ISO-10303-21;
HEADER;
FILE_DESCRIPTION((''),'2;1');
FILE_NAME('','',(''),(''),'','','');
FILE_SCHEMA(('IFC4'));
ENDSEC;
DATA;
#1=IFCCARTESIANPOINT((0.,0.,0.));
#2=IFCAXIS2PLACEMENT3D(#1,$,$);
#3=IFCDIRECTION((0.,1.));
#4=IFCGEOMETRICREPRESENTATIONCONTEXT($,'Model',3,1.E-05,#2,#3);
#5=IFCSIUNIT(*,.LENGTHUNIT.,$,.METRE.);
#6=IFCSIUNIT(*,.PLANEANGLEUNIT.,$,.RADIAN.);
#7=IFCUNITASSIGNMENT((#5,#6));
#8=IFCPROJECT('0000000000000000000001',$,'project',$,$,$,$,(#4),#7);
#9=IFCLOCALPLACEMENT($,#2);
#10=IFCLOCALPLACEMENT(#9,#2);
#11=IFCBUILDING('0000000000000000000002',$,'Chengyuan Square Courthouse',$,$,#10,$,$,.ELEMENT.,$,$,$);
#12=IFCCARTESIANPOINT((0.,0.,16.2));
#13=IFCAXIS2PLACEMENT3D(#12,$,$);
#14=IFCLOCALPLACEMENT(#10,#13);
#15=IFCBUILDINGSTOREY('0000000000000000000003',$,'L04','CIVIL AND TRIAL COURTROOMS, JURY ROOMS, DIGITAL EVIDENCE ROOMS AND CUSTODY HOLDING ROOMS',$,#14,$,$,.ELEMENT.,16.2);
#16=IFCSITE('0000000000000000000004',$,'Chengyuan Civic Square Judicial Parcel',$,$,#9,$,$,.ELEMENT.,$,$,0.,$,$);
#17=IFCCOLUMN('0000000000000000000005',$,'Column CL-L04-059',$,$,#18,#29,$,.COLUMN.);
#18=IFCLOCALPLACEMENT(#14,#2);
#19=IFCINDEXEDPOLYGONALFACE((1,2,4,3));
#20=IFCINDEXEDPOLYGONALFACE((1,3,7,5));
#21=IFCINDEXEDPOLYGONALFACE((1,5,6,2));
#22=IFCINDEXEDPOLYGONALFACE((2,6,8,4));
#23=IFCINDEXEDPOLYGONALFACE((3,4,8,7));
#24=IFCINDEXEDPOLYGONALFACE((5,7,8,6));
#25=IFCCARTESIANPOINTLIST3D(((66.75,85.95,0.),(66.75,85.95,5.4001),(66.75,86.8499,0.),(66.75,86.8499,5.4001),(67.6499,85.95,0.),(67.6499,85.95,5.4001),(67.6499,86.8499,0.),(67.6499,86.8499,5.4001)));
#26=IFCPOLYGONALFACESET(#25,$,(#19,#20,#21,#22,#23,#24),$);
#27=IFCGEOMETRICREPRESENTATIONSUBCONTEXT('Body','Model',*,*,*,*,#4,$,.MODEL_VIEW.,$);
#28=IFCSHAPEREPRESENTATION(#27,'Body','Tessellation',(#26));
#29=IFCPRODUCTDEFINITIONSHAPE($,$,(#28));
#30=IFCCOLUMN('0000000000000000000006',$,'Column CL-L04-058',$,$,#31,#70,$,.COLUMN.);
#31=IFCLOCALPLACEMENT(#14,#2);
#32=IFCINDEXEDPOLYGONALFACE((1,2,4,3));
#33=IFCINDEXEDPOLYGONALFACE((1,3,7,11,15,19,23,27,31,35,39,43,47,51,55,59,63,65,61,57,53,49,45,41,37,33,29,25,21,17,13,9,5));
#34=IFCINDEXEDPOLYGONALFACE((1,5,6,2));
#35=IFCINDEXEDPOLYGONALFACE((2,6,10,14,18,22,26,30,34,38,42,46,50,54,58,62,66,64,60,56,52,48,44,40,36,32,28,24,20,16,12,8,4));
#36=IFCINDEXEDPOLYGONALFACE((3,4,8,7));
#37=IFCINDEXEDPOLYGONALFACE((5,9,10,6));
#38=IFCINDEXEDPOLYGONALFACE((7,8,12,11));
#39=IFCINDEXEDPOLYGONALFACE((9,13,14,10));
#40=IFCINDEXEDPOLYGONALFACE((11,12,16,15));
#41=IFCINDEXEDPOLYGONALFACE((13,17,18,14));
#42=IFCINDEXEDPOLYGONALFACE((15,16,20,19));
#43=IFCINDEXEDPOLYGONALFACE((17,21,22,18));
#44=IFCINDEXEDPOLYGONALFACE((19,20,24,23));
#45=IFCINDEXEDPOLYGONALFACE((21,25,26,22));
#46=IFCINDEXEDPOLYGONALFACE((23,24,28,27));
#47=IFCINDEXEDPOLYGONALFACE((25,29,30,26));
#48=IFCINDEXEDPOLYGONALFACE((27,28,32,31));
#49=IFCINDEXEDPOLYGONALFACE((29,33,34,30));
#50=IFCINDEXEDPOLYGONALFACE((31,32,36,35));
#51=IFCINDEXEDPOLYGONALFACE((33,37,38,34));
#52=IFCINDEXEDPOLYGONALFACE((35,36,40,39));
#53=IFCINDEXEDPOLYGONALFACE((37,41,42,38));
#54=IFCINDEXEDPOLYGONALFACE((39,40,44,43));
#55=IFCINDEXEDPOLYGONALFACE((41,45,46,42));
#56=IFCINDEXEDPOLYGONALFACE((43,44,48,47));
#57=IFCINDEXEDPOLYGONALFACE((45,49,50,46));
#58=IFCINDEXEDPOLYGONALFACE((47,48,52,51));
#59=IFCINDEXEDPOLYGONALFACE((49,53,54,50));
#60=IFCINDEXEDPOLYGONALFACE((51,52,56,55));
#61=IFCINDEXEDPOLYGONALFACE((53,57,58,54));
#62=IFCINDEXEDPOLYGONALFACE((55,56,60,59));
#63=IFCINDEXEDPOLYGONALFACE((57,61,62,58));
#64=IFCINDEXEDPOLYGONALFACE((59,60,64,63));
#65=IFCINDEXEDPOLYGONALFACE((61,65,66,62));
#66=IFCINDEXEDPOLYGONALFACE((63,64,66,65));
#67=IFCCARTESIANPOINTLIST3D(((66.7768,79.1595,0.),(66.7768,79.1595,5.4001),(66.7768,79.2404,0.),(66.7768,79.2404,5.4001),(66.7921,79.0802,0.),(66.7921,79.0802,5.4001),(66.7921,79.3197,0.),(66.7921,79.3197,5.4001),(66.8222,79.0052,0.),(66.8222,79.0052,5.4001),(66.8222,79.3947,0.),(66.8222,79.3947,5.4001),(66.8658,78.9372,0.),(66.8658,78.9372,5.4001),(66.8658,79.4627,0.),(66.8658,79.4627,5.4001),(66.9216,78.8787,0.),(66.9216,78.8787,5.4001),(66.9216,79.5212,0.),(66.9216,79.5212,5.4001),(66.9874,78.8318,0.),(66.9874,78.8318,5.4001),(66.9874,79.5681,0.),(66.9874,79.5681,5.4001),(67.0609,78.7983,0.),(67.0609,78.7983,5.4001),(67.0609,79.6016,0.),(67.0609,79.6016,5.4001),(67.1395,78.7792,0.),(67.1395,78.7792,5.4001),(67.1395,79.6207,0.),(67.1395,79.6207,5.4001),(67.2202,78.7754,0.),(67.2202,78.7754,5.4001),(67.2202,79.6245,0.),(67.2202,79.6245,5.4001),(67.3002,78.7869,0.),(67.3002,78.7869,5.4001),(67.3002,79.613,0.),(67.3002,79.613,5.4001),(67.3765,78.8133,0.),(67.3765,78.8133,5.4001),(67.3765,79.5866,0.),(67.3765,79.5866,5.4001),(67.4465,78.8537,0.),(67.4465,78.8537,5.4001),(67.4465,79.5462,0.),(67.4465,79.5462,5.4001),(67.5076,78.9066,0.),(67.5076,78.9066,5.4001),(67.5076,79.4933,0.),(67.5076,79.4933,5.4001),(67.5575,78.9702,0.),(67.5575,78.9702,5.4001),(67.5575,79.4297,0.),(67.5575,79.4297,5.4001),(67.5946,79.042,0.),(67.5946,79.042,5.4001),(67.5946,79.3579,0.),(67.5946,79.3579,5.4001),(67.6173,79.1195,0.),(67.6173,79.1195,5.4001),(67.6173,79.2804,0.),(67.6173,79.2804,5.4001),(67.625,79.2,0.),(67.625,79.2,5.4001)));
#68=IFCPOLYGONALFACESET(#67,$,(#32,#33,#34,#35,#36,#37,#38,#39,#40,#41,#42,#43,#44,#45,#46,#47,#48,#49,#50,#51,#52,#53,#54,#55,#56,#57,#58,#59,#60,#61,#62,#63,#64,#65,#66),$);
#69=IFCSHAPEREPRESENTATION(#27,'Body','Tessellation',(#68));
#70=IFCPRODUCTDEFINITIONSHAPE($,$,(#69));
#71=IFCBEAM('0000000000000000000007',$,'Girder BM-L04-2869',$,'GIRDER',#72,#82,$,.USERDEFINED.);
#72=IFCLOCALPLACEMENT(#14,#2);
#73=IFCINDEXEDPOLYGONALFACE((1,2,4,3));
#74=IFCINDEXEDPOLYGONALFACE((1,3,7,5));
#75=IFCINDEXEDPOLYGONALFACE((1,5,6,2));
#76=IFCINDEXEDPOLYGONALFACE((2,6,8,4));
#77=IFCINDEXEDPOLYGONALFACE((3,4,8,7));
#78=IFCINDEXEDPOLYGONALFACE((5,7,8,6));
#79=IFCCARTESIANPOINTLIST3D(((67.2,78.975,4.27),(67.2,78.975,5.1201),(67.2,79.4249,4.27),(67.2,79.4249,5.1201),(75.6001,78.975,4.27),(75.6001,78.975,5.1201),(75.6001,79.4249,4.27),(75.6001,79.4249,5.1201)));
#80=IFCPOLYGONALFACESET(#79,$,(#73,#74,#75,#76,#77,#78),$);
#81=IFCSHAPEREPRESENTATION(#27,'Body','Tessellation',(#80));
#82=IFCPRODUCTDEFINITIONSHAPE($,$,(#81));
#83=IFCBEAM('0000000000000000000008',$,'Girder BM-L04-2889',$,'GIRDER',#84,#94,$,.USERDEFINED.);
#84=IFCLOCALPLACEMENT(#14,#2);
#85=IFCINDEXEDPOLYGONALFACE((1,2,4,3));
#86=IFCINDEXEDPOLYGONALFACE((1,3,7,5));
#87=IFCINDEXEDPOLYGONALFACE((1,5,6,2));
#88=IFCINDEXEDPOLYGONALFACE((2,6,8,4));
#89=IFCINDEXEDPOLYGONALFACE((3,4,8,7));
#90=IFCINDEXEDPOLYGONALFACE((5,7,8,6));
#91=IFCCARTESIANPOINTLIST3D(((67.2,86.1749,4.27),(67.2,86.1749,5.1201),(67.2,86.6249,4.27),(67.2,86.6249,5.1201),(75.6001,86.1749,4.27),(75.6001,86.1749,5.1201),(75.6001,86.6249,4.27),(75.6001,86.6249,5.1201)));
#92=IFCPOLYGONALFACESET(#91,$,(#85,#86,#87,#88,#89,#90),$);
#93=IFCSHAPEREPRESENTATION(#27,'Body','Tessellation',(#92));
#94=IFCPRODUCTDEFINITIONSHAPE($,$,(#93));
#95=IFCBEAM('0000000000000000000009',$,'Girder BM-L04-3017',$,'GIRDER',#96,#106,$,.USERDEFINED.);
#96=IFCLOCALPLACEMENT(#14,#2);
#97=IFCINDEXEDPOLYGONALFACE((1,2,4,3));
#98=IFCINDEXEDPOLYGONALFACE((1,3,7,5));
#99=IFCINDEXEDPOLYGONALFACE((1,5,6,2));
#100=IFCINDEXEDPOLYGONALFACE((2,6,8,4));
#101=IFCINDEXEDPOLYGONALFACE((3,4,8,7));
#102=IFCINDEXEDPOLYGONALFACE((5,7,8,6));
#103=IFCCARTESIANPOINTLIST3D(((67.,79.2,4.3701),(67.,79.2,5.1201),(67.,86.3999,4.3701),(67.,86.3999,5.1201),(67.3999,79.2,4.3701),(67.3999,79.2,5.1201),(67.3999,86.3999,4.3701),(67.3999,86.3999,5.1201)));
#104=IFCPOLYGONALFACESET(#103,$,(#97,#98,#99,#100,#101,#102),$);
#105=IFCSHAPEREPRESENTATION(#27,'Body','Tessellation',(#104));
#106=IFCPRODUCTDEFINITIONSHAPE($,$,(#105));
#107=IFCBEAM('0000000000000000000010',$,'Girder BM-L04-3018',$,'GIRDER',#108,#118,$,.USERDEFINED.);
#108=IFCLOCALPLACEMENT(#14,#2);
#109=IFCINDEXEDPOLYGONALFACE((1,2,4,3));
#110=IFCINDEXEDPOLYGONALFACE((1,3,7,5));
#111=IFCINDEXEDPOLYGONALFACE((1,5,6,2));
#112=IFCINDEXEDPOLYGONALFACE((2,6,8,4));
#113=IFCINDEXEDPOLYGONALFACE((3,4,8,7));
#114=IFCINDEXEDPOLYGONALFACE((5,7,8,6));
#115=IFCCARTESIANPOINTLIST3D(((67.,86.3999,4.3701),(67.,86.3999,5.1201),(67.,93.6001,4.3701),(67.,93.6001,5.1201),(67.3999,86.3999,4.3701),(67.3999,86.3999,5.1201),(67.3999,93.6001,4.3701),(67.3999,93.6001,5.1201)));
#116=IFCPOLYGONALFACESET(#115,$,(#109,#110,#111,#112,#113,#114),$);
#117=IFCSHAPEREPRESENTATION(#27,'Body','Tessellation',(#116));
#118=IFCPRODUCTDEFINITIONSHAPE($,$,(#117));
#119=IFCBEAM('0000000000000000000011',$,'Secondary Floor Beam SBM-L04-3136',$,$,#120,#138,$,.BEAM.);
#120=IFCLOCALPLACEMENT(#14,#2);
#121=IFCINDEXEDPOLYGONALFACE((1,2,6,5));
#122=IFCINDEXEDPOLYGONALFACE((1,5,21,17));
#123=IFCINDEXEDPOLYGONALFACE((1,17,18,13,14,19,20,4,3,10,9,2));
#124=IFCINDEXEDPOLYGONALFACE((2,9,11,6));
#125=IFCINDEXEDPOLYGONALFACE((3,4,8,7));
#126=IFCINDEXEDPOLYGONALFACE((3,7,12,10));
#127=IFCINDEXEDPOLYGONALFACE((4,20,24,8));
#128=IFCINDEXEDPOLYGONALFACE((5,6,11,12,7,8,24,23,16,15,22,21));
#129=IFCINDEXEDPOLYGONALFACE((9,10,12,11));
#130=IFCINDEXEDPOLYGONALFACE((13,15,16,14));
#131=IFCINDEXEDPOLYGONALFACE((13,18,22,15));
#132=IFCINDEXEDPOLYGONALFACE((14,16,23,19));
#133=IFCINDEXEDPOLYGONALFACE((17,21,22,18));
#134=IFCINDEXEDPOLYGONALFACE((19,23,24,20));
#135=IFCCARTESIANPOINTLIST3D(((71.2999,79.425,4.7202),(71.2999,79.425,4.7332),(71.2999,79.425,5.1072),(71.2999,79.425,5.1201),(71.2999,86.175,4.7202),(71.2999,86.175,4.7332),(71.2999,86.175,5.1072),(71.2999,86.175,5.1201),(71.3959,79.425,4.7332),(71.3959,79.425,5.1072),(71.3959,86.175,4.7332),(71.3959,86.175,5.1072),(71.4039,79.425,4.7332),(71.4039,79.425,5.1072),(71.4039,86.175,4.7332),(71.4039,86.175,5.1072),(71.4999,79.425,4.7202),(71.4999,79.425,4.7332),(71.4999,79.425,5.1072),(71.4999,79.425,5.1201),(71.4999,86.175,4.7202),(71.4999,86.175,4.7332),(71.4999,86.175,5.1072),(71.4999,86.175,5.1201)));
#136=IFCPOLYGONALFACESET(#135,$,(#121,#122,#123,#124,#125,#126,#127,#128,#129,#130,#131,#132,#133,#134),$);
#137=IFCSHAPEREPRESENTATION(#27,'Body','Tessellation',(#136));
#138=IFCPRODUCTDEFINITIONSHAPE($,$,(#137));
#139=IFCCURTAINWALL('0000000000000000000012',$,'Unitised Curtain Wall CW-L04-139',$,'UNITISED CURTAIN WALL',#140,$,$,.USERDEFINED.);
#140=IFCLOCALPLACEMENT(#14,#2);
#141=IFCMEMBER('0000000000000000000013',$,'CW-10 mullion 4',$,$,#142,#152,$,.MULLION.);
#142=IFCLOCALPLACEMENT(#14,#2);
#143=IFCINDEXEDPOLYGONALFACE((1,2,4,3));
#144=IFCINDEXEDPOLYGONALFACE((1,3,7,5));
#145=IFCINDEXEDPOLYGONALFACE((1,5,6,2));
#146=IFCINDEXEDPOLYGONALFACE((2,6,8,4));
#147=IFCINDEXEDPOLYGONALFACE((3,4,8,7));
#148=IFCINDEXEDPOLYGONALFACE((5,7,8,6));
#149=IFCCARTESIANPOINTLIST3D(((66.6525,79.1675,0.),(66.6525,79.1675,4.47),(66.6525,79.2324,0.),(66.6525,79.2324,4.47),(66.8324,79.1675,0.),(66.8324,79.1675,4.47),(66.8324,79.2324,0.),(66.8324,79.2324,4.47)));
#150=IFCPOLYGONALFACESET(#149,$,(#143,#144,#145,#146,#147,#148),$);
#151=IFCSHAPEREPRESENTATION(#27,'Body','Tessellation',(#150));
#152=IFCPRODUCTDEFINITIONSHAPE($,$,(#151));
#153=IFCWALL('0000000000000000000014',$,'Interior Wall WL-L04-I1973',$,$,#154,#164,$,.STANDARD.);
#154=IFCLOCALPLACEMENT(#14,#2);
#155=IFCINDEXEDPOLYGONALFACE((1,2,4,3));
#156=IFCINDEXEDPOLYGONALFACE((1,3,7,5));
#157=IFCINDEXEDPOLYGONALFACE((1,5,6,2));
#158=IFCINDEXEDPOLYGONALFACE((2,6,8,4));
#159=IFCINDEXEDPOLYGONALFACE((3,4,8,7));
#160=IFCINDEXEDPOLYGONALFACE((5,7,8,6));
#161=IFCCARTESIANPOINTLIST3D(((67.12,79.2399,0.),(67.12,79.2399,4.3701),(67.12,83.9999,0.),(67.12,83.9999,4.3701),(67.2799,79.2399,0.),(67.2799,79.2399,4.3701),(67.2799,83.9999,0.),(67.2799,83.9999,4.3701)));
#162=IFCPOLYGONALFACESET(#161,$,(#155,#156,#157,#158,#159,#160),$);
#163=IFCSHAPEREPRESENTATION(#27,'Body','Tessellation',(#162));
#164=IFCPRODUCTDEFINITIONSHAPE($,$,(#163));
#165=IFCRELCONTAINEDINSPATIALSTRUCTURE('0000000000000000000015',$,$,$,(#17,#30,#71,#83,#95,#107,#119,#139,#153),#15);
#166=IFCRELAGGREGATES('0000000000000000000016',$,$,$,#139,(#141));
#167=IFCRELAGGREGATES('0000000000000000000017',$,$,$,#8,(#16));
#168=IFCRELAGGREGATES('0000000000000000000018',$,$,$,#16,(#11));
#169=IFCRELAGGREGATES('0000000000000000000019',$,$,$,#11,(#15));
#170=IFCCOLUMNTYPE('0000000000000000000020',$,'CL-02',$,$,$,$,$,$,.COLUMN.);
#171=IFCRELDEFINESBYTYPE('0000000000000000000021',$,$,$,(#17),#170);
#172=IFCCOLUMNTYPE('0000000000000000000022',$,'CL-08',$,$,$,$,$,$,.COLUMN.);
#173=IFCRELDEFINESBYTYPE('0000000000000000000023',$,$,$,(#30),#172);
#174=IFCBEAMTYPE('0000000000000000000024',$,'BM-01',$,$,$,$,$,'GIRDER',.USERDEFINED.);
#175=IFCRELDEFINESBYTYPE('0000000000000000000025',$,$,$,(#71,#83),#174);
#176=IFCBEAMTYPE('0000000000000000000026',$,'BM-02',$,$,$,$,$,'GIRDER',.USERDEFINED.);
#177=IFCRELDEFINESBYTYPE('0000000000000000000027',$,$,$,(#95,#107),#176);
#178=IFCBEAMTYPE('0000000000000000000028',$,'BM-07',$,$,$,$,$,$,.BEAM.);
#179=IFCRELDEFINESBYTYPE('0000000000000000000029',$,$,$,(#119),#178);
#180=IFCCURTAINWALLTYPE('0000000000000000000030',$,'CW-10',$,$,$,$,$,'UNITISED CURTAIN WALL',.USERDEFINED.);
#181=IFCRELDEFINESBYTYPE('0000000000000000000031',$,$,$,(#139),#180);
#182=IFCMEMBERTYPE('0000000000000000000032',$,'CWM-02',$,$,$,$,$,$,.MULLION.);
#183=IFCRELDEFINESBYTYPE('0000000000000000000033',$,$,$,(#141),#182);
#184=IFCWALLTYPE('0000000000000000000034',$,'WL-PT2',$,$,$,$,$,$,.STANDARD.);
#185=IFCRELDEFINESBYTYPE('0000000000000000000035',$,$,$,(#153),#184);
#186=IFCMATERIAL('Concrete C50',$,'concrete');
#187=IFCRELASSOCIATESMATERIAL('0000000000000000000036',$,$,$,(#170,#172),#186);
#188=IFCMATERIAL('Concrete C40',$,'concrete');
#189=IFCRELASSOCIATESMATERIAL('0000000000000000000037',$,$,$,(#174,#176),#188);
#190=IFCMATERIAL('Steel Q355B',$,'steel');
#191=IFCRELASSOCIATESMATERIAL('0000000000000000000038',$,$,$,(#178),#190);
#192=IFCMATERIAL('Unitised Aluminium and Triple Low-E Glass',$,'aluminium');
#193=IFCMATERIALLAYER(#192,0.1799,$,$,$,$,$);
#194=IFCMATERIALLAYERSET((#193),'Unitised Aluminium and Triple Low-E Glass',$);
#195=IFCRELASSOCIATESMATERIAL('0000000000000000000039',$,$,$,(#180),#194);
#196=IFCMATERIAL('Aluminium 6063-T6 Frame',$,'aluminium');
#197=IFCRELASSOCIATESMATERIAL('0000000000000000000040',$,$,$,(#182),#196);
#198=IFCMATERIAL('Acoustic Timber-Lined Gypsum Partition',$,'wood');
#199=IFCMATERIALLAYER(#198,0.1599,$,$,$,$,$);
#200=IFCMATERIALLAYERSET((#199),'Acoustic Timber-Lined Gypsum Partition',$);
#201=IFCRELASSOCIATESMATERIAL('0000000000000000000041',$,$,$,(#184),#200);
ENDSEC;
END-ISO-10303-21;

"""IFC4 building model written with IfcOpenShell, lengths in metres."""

from ifc_helpers import new_model, si_unit, direction, frame, frame_2d, origin, origin_2d, place, context, subcontext, project, spatial, rectangle, circle, i_section, extrude, material, layer, layer_set, material_profile, profile_set, type_object, element, aggregate, save


model = new_model("IFC4")

# Units and contexts
model_context = context("Model", 3, precision=1e-05, world=origin(), true_north=direction((0.0, 1.0)))
body_context = subcontext(model_context, "Body", "Model", "MODEL_VIEW")
ifc_project = project(units=[si_unit("LENGTHUNIT", "METRE"), si_unit("PLANEANGLEUNIT", "RADIAN")], contexts=[model_context])

# Site, building, storey
site_placement = place(None, origin())
site = spatial("IfcSite", under=ifc_project, at=site_placement, Name="Chengyuan Civic Square Judicial Parcel", CompositionType="ELEMENT", RefElevation=0.0)
building_placement = place(site_placement, origin())
building = spatial("IfcBuilding", under=site, at=building_placement, Name="Chengyuan Square Courthouse", CompositionType="ELEMENT")
storey_placement = place(building_placement, frame((0.0, 0.0, 16.2)))
storey = spatial("IfcBuildingStorey", under=building, at=storey_placement, Name="L04", Description="CIVIL AND TRIAL COURTROOMS, JURY ROOMS, DIGITAL EVIDENCE ROOMS AND CUSTODY HOLDING ROOMS", CompositionType="ELEMENT", Elevation=16.2)

# Columns
ifc_material_1 = material(Name="Concrete C50", Category="concrete")
ifc_material_profile_1 = material_profile(ifc_material_1, rectangle(XDim=0.8999, YDim=0.8999, at=origin_2d()), Name="RC-COL-900x900")
ifc_profile_set_1 = profile_set([ifc_material_profile_1], Name="Concrete C50")
column_type_1 = type_object("IfcColumnType", Name="CL-02", PredefinedType="COLUMN", material=ifc_profile_set_1)
column_1_placement = place(storey_placement, frame((67.2, 86.3999, 0.0), z_axis=(0.0, 0.0, 1.0), x_axis=(1.0, 0.0, 0.0)))
element("IfcColumn", 1, at=column_1_placement, inside=storey, type_object=column_type_1, Name="Column CL-L04-059", PredefinedType="COLUMN", context=body_context, shape_type="SweptSolid", body=[
    extrude(rectangle(XDim=0.8999, YDim=0.8999, at=origin_2d()), origin(), (0.0, 0.0, 1.0), 5.4001),
])
ifc_material_profile_2 = material_profile(ifc_material_1, circle(Radius=0.425, at=origin_2d()), Name="RC-COL-D850")
ifc_profile_set_2 = profile_set([ifc_material_profile_2], Name="Concrete C50")
column_type_2 = type_object("IfcColumnType", Name="CL-08", PredefinedType="COLUMN", material=ifc_profile_set_2)
column_2_placement = place(storey_placement, frame((67.2, 79.2, 0.0), z_axis=(0.0, 0.0, 1.0), x_axis=(1.0, 0.0, 0.0)))
element("IfcColumn", 2, at=column_2_placement, inside=storey, type_object=column_type_2, Name="Column CL-L04-058", PredefinedType="COLUMN", context=body_context, shape_type="SweptSolid", body=[
    extrude(circle(Radius=0.425, at=origin_2d()), origin(), (0.0, 0.0, 1.0), 5.4001),
])

# Beams
ifc_material_2 = material(Name="Concrete C40", Category="concrete")
ifc_material_profile_3 = material_profile(ifc_material_2, rectangle(XDim=0.45, YDim=0.8501, at=origin_2d()), Name="RC-BM-450x850")
ifc_profile_set_3 = profile_set([ifc_material_profile_3], Name="Concrete C40")
beam_type_1 = type_object("IfcBeamType", Name="BM-01", ElementType="GIRDER", PredefinedType="USERDEFINED", material=ifc_profile_set_3)
for number, where, z_axis, x_axis, name in (
    (3, (67.2, 79.2, 4.6951), (1.0, 0.0, 0.0), (0.0, 1.0, 0.0), "Girder BM-L04-2869"),
    (4, (67.2, 86.3999, 4.6951), (1.0, 0.0, 0.0), (0.0, 1.0, 0.0), "Girder BM-L04-2889"),
):
    element("IfcBeam", number, at=place(storey_placement, frame(where, z_axis=z_axis, x_axis=x_axis)), inside=storey, type_object=beam_type_1, Name=name, ObjectType="GIRDER", PredefinedType="USERDEFINED", context=body_context, shape_type="SweptSolid", body=[
        extrude(rectangle(XDim=0.45, YDim=0.8501, at=origin_2d()), origin(), (0.0, 0.0, 1.0), 8.4001),
    ])
ifc_material_profile_4 = material_profile(ifc_material_2, rectangle(XDim=0.3999, YDim=0.75, at=origin_2d()), Name="RC-BM-400x750")
ifc_profile_set_4 = profile_set([ifc_material_profile_4], Name="Concrete C40")
beam_type_2 = type_object("IfcBeamType", Name="BM-02", ElementType="GIRDER", PredefinedType="USERDEFINED", material=ifc_profile_set_4)
beam_1_placement = place(storey_placement, frame((67.2, 79.2, 4.7451), z_axis=(0.0, 1.0, 0.0), x_axis=(-1.0, 0.0, 0.0)))
element("IfcBeam", 5, at=beam_1_placement, inside=storey, type_object=beam_type_2, Name="Girder BM-L04-3017", ObjectType="GIRDER", PredefinedType="USERDEFINED", context=body_context, shape_type="SweptSolid", body=[
    extrude(rectangle(XDim=0.3999, YDim=0.75, at=origin_2d()), origin(), (0.0, 0.0, 1.0), 7.2),
])
beam_2_placement = place(storey_placement, frame((67.2, 86.3999, 4.7451), z_axis=(0.0, 1.0, 0.0), x_axis=(-1.0, 0.0, 0.0)))
element("IfcBeam", 6, at=beam_2_placement, inside=storey, type_object=beam_type_2, Name="Girder BM-L04-3018", ObjectType="GIRDER", PredefinedType="USERDEFINED", context=body_context, shape_type="SweptSolid", body=[
    extrude(rectangle(XDim=0.3999, YDim=0.75, at=origin_2d()), origin(), (0.0, 0.0, 1.0), 7.2002),
])
ifc_material_3 = material(Name="Steel Q355B", Category="steel")
ifc_material_profile_5 = material_profile(ifc_material_3, i_section(OverallWidth=0.2, OverallDepth=0.3999, WebThickness=0.0081, FlangeThickness=0.0129, at=origin_2d()), Name="HN 400x200x8x13")
ifc_profile_set_5 = profile_set([ifc_material_profile_5], Name="Steel Q355B")
beam_type_3 = type_object("IfcBeamType", Name="BM-07", PredefinedType="BEAM", material=ifc_profile_set_5)
beam_3_placement = place(storey_placement, frame((71.3999, 79.425, 4.9202), z_axis=(0.0, 1.0, 0.0), x_axis=(-1.0, 0.0, 0.0)))
element("IfcBeam", 7, at=beam_3_placement, inside=storey, type_object=beam_type_3, Name="Secondary Floor Beam SBM-L04-3136", PredefinedType="BEAM", context=body_context, shape_type="SweptSolid", body=[
    extrude(i_section(OverallWidth=0.2, OverallDepth=0.3999, WebThickness=0.0081, FlangeThickness=0.0129, at=origin_2d()), origin(), (0.0, 0.0, 1.0), 6.75),
])

# Curtain wall, member
ifc_material_4 = material(Name="Unitised Aluminium and Triple Low-E Glass", Category="aluminium")
ifc_layer_1 = layer(ifc_material_4, 0.1799)
ifc_layer_set_1 = layer_set([ifc_layer_1], Name="Unitised Aluminium and Triple Low-E Glass")
curtain_wall_type = type_object("IfcCurtainWallType", Name="CW-10", ElementType="UNITISED CURTAIN WALL", PredefinedType="USERDEFINED", material=ifc_layer_set_1)
curtain_wall_placement = place(storey_placement, origin())
curtain_wall = element("IfcCurtainWall", 8, at=curtain_wall_placement, inside=storey, type_object=curtain_wall_type, Name="Unitised Curtain Wall CW-L04-139", ObjectType="UNITISED CURTAIN WALL", PredefinedType="USERDEFINED")
ifc_material_5 = material(Name="Aluminium 6063-T6 Frame", Category="aluminium")
ifc_material_profile_6 = material_profile(ifc_material_5, rectangle(XDim=0.0649, YDim=0.1799, at=origin_2d()), Name="CW-MUL-65x180")
ifc_profile_set_6 = profile_set([ifc_material_profile_6], Name="Aluminium 6063-T6 Frame")
member_type = type_object("IfcMemberType", Name="CWM-02", PredefinedType="MULLION", material=ifc_profile_set_6)
member_placement = place(storey_placement, frame((66.7424, 79.2, 0.0), z_axis=(0.0, 0.0, 1.0), x_axis=(0.0, 1.0, 0.0)))
member = element("IfcMember", 9, at=member_placement, type_object=member_type, Name="CW-10 mullion 4", PredefinedType="MULLION", context=body_context, shape_type="SweptSolid", body=[
    extrude(rectangle(XDim=0.0649, YDim=0.1799, at=origin_2d()), origin(), (0.0, 0.0, 1.0), 4.47),
])
aggregate(curtain_wall, [member])

# Wall
ifc_material_6 = material(Name="Acoustic Timber-Lined Gypsum Partition", Category="wood")
ifc_layer_2 = layer(ifc_material_6, 0.1599)
ifc_layer_set_2 = layer_set([ifc_layer_2], Name="Acoustic Timber-Lined Gypsum Partition")
wall_type_1 = type_object("IfcWallType", Name="WL-PT2", PredefinedType="STANDARD", material=ifc_layer_set_2)
wall_1_placement = place(storey_placement, frame((67.2, 79.24, 0.0), z_axis=(0.0, 0.0, 1.0), x_axis=(0.0, 1.0, 0.0)))
element("IfcWall", 10, at=wall_1_placement, inside=storey, type_object=wall_type_1, Name="Interior Wall WL-L04-I1973", PredefinedType="STANDARD", context=body_context, shape_type="SweptSolid", body=[
    extrude(rectangle(XDim=4.76, YDim=0.1599, at=frame_2d((2.3799, 0.0))), origin(), (0.0, 0.0, 1.0), 4.3701),
])

save(model, "model.ifc")
